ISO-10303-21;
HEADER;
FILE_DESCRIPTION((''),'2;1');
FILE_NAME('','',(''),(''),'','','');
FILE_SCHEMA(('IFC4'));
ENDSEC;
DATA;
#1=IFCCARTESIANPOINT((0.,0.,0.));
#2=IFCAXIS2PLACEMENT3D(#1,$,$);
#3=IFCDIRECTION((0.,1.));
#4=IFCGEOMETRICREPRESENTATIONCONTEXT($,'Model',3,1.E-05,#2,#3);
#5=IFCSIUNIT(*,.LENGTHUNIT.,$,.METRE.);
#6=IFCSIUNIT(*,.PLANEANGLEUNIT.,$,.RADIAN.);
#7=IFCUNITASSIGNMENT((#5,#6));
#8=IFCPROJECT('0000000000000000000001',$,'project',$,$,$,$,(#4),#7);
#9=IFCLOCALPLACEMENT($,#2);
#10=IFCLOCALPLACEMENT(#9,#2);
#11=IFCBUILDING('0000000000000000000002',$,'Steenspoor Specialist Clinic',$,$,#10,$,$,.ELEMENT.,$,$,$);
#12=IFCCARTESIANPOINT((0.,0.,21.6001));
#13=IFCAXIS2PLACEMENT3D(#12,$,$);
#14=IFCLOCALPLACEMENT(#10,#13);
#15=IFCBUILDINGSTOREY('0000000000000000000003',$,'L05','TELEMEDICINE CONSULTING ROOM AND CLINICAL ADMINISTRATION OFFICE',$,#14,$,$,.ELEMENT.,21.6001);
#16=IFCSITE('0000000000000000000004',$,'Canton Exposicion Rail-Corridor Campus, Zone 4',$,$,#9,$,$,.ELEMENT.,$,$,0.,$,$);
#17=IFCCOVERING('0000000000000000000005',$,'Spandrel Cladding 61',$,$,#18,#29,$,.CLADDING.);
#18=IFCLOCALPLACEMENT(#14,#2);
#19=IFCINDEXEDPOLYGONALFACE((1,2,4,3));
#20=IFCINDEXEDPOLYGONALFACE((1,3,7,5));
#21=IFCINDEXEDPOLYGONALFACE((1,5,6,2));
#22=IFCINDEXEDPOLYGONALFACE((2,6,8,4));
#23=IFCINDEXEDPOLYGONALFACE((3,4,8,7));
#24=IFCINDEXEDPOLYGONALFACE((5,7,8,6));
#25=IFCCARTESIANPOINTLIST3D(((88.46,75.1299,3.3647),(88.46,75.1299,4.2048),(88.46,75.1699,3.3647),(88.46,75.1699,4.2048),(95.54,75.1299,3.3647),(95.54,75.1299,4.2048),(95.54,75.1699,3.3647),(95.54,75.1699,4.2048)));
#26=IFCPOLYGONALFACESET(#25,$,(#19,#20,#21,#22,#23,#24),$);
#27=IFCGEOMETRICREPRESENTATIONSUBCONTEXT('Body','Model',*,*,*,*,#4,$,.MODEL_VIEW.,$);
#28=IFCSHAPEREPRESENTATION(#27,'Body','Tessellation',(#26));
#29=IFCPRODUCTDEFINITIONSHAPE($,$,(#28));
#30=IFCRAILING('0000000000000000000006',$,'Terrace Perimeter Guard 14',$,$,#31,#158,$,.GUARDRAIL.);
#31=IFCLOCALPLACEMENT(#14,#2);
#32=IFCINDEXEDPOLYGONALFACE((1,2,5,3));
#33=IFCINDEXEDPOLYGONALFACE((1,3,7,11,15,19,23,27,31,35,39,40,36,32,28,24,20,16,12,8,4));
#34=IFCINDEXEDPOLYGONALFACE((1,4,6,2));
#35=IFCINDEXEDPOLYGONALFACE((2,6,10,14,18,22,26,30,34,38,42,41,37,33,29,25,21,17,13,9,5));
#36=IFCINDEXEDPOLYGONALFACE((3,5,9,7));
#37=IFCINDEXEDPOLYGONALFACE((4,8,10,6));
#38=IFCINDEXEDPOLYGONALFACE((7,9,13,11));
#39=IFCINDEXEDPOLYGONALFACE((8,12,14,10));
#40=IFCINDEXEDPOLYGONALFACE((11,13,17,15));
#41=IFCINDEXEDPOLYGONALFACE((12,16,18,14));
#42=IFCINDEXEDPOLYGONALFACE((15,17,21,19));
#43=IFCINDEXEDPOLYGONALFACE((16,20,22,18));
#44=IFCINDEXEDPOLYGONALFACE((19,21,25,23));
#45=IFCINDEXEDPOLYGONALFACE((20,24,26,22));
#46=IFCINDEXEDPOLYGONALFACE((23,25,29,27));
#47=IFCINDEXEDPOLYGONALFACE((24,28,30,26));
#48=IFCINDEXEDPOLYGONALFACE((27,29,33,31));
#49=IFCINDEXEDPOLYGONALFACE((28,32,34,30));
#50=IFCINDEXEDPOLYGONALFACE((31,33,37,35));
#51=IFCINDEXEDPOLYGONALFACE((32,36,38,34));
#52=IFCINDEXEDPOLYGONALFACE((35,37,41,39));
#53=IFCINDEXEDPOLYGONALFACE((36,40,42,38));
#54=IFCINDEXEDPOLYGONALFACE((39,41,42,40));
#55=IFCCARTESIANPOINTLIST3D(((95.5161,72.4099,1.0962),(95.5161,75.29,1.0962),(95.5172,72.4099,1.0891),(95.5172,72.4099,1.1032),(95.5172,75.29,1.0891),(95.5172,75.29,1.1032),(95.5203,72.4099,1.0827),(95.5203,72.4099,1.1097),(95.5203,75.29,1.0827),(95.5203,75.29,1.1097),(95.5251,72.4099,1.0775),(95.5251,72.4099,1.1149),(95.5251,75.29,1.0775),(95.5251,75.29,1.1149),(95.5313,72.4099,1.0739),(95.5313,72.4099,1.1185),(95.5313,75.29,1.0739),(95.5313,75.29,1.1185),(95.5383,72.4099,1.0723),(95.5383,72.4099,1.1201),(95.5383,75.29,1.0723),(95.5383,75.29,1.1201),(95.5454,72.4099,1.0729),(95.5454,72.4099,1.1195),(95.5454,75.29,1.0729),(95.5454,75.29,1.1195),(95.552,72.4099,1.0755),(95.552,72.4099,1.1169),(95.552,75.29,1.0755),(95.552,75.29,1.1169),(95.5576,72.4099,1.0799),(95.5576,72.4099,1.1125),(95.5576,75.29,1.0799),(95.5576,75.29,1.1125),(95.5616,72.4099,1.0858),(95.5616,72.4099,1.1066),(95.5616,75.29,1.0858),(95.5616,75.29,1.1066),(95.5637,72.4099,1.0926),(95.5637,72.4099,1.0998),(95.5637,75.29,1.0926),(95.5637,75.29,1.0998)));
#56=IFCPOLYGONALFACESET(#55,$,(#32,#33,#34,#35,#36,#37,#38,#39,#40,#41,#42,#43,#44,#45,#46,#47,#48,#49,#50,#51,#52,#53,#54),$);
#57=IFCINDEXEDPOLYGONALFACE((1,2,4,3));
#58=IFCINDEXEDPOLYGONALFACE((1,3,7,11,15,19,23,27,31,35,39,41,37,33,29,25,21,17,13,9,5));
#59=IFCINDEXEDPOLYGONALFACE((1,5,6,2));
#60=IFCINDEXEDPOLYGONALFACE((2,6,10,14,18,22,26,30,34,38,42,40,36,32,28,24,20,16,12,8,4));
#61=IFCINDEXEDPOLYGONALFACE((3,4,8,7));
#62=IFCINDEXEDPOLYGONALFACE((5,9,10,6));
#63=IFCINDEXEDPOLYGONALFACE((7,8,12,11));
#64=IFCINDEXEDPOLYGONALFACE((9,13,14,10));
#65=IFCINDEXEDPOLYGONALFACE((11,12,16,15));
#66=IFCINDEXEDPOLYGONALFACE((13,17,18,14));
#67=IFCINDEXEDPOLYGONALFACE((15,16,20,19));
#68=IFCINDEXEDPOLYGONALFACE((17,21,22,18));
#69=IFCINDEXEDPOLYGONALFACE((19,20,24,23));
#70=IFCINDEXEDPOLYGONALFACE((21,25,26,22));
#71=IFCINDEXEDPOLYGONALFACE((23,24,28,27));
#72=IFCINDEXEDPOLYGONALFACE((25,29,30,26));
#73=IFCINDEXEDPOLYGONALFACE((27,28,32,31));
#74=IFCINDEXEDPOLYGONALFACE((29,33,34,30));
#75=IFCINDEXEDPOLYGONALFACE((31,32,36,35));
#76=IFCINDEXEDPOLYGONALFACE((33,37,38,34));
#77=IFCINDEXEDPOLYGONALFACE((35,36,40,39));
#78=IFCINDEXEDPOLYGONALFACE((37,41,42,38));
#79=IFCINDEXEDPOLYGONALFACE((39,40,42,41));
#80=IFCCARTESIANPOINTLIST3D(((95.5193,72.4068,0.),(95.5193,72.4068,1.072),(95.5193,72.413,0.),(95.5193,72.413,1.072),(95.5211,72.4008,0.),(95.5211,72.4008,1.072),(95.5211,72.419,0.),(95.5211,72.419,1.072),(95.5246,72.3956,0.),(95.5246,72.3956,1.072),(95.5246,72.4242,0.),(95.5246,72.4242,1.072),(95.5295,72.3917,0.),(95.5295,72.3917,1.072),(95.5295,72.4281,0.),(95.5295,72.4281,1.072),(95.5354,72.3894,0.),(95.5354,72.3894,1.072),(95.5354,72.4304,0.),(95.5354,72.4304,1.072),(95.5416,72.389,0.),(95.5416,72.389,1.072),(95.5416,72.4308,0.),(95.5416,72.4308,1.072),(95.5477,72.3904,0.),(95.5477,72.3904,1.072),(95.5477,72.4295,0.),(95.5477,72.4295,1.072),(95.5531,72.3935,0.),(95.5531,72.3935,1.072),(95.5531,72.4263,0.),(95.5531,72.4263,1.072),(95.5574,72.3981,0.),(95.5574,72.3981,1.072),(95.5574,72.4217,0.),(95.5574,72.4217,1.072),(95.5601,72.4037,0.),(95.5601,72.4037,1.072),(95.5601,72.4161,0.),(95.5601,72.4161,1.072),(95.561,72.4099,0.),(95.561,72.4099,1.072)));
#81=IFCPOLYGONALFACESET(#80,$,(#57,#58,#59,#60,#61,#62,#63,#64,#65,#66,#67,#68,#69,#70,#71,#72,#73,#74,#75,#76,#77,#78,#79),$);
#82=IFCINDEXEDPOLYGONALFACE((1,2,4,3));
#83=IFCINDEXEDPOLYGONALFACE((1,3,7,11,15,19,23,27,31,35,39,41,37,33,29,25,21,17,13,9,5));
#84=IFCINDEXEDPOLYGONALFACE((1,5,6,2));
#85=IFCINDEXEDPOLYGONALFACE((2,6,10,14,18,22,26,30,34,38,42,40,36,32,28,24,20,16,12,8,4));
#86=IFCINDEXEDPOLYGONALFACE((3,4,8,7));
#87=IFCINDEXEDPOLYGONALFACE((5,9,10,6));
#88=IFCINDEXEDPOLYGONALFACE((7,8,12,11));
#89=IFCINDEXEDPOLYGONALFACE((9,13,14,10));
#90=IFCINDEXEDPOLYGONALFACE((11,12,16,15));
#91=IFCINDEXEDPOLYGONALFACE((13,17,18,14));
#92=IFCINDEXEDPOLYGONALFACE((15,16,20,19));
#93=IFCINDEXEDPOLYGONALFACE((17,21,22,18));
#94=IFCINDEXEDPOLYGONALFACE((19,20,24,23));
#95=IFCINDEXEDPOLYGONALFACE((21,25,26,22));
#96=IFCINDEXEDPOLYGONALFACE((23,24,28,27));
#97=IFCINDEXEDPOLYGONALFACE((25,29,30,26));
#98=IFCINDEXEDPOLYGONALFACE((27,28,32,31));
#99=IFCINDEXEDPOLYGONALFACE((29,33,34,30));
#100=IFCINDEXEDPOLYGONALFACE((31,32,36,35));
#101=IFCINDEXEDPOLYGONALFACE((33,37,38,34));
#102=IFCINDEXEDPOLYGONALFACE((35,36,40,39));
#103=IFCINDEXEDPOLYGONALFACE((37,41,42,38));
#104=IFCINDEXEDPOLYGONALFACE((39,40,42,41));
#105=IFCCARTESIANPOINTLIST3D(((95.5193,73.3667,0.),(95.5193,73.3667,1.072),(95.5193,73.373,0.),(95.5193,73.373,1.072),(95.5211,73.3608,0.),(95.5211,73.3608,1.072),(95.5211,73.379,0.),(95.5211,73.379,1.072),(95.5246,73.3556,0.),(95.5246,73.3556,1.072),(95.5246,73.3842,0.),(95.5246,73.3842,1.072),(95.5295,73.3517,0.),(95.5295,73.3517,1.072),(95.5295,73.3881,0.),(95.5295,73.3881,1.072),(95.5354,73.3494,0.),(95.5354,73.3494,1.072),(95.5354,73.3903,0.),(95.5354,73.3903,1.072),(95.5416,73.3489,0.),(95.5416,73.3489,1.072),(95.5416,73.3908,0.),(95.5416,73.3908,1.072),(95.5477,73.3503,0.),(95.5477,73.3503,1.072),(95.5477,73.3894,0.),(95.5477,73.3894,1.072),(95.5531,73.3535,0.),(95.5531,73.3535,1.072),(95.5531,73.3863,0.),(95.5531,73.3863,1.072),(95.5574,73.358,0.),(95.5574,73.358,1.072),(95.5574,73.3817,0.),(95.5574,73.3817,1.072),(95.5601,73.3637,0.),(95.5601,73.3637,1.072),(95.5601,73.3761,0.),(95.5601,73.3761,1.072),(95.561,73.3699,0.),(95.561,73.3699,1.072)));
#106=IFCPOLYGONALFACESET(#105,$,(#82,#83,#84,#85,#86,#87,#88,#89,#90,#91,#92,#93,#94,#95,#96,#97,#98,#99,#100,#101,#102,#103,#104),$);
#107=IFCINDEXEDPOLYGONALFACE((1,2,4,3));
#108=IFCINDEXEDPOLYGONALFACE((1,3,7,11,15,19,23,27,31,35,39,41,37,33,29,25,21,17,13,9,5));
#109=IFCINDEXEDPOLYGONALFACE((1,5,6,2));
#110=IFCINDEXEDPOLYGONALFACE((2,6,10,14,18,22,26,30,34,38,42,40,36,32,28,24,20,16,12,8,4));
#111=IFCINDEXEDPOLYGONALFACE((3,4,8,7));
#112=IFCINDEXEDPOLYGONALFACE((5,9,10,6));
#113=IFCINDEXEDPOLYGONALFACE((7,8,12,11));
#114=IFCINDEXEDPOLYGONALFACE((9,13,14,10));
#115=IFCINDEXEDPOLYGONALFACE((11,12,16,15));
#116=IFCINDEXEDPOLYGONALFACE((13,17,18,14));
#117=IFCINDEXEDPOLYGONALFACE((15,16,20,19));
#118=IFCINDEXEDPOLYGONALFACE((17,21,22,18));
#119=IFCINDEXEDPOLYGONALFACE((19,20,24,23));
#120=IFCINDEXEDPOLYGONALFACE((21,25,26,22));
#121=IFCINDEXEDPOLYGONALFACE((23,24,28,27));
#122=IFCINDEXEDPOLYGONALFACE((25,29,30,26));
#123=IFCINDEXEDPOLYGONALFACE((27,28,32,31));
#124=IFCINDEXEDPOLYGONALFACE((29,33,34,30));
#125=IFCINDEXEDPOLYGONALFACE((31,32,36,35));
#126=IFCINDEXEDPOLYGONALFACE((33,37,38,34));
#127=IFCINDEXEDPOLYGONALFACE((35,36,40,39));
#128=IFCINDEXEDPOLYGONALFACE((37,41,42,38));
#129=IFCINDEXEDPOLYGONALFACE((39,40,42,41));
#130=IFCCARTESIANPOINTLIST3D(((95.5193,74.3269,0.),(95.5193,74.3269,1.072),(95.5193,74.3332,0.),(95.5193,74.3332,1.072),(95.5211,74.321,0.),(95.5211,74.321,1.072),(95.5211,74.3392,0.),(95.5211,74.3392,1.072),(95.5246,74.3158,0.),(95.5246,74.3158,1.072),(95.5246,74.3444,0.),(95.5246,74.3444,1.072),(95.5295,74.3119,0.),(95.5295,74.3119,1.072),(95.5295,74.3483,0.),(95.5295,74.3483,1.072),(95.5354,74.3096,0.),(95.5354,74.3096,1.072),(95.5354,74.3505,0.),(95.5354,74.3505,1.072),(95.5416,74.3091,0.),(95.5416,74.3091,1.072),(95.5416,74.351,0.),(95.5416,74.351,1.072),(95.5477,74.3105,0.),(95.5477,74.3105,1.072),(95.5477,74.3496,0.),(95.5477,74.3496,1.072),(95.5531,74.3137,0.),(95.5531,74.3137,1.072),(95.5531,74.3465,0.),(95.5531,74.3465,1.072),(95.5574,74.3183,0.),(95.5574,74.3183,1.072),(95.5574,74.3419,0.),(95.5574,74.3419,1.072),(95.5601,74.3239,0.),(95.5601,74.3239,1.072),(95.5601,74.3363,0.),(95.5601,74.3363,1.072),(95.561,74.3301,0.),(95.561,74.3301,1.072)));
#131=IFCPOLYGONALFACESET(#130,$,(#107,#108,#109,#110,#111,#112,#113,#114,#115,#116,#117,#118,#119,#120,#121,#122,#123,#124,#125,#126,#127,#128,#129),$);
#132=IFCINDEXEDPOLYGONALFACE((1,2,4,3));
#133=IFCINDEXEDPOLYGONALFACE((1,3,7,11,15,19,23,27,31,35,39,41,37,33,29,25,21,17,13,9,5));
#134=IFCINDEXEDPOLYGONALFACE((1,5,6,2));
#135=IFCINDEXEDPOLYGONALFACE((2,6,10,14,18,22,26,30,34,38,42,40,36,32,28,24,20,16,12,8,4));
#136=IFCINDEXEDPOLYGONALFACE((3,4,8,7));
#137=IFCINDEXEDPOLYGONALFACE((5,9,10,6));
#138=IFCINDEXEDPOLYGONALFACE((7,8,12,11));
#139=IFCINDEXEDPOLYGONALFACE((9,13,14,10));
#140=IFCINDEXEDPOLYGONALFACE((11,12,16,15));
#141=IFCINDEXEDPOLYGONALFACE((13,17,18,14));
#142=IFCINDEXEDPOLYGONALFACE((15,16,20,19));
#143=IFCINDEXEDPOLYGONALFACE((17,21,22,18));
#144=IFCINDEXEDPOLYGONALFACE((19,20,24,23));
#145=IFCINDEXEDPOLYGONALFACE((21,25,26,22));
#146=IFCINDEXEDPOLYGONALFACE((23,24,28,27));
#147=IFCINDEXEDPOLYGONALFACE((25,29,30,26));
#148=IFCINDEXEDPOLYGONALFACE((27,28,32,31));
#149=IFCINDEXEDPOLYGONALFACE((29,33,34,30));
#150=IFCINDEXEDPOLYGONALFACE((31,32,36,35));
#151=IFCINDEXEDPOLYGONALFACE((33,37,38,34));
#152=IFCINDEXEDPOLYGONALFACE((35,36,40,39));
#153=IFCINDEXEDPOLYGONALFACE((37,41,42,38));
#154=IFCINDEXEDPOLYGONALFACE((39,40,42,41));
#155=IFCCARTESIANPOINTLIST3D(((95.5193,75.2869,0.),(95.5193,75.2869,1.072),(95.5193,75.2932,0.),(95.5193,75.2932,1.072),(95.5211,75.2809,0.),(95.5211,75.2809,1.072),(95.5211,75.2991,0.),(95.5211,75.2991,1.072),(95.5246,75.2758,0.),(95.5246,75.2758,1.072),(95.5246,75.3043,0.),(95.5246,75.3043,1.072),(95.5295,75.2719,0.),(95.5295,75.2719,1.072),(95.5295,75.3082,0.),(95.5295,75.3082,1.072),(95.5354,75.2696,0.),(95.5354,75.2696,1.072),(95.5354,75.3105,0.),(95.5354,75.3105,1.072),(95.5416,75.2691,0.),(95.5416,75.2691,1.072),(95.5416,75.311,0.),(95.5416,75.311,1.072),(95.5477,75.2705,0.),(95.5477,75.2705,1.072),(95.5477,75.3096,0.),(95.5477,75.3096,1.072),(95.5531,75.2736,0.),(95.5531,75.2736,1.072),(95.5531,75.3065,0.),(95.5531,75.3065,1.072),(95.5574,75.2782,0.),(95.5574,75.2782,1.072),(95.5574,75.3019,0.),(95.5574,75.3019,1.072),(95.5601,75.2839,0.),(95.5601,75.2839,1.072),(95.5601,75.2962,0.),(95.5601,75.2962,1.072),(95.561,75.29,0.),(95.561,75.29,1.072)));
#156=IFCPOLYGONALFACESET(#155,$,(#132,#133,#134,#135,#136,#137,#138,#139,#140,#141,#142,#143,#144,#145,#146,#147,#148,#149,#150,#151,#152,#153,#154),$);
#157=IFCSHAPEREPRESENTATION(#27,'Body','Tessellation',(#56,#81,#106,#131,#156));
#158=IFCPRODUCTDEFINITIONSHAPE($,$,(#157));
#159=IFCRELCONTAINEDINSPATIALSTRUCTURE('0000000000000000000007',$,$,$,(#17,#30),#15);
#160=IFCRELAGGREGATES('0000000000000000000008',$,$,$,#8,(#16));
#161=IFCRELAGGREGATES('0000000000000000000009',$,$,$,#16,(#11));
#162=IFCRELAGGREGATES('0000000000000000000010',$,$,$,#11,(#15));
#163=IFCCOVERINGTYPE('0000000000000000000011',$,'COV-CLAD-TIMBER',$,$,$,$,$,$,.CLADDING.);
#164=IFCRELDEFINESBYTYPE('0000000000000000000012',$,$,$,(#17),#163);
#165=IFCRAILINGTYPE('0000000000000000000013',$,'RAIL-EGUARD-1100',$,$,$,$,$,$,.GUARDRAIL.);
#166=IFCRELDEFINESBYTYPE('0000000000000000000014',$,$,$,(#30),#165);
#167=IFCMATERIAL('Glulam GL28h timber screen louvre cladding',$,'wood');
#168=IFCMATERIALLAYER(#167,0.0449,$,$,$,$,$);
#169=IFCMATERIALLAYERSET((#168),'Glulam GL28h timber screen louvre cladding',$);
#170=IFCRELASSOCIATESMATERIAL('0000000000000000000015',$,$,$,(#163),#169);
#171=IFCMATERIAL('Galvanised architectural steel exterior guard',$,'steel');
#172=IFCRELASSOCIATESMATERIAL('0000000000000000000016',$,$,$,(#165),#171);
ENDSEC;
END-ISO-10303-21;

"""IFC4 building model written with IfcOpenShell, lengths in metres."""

from ifc_helpers import new_model, si_unit, direction, frame, origin, origin_2d, place, context, subcontext, project, spatial, rectangle, circle, extrude, material, layer, layer_set, type_object, element, save


model = new_model("IFC4")

# Units and contexts
model_context = context("Model", 3, precision=1e-05, world=origin(), true_north=direction((0.0, 1.0)))
body_context = subcontext(model_context, "Body", "Model", "MODEL_VIEW")
ifc_project = project(units=[si_unit("LENGTHUNIT", "METRE"), si_unit("PLANEANGLEUNIT", "RADIAN")], contexts=[model_context])

# Site, building, storey
site_placement = place(None, origin())
site = spatial("IfcSite", under=ifc_project, at=site_placement, Name="Canton Exposicion Rail-Corridor Campus, Zone 4", CompositionType="ELEMENT", RefElevation=0.0)
building_placement = place(site_placement, origin())
building = spatial("IfcBuilding", under=site, at=building_placement, Name="Steenspoor Specialist Clinic", CompositionType="ELEMENT")
storey_placement = place(building_placement, frame((0.0, 0.0, 21.6001)))
storey = spatial("IfcBuildingStorey", under=building, at=storey_placement, Name="L05", Description="TELEMEDICINE CONSULTING ROOM AND CLINICAL ADMINISTRATION OFFICE", CompositionType="ELEMENT", Elevation=21.6001)

# Covering
ifc_material_1 = material(Name="Glulam GL28h timber screen louvre cladding", Category="wood")
ifc_layer_1 = layer(ifc_material_1, 0.0449)
ifc_layer_set_1 = layer_set([ifc_layer_1], Name="Glulam GL28h timber screen louvre cladding")
covering_type = type_object("IfcCoveringType", Name="COV-CLAD-TIMBER", PredefinedType="CLADDING", material=ifc_layer_set_1)
covering_placement = place(storey_placement, frame((92.0, 75.1499, 3.3647), z_axis=(0.0, 0.0, 1.0), x_axis=(-1.0, 0.0, 0.0)))
element("IfcCovering", 1, at=covering_placement, inside=storey, type_object=covering_type, Name="Spandrel Cladding 61", PredefinedType="CLADDING", context=body_context, shape_type="SweptSolid", body=[
    extrude(rectangle(XDim=7.0801, YDim=0.04, at=origin_2d()), origin(), (0.0, 0.0, 1.0), 0.8401),
])

# Railing
ifc_material_2 = material(Name="Galvanised architectural steel exterior guard", Category="steel")
railing_type = type_object("IfcRailingType", Name="RAIL-EGUARD-1100", PredefinedType="GUARDRAIL", material=ifc_material_2)
railing_placement = place(storey_placement, frame((95.54, 72.4099, 0.0)))
element("IfcRailing", 2, at=railing_placement, inside=storey, type_object=railing_type, Name="Terrace Perimeter Guard 14", PredefinedType="GUARDRAIL", context=body_context, shape_type="SweptSolid", body=[
    extrude(circle(Radius=0.0239, at=origin_2d()), frame((0.0, 0.0, 1.0962), z_axis=(0.0, 1.0, 0.0), x_axis=(-1.0, 0.0, 0.0)), (0.0, 0.0, 1.0), 2.8801),
    extrude(circle(Radius=0.021, at=origin_2d()), origin(), (0.0, 0.0, 1.0), 1.072),
    extrude(circle(Radius=0.021, at=origin_2d()), frame((0.0, 0.96, 0.0)), (0.0, 0.0, 1.0), 1.072),
    extrude(circle(Radius=0.021, at=origin_2d()), frame((0.0, 1.9202, 0.0)), (0.0, 0.0, 1.0), 1.072),
    extrude(circle(Radius=0.021, at=origin_2d()), frame((0.0, 2.8801, 0.0)), (0.0, 0.0, 1.0), 1.072),
])

save(model, "model.ifc")
